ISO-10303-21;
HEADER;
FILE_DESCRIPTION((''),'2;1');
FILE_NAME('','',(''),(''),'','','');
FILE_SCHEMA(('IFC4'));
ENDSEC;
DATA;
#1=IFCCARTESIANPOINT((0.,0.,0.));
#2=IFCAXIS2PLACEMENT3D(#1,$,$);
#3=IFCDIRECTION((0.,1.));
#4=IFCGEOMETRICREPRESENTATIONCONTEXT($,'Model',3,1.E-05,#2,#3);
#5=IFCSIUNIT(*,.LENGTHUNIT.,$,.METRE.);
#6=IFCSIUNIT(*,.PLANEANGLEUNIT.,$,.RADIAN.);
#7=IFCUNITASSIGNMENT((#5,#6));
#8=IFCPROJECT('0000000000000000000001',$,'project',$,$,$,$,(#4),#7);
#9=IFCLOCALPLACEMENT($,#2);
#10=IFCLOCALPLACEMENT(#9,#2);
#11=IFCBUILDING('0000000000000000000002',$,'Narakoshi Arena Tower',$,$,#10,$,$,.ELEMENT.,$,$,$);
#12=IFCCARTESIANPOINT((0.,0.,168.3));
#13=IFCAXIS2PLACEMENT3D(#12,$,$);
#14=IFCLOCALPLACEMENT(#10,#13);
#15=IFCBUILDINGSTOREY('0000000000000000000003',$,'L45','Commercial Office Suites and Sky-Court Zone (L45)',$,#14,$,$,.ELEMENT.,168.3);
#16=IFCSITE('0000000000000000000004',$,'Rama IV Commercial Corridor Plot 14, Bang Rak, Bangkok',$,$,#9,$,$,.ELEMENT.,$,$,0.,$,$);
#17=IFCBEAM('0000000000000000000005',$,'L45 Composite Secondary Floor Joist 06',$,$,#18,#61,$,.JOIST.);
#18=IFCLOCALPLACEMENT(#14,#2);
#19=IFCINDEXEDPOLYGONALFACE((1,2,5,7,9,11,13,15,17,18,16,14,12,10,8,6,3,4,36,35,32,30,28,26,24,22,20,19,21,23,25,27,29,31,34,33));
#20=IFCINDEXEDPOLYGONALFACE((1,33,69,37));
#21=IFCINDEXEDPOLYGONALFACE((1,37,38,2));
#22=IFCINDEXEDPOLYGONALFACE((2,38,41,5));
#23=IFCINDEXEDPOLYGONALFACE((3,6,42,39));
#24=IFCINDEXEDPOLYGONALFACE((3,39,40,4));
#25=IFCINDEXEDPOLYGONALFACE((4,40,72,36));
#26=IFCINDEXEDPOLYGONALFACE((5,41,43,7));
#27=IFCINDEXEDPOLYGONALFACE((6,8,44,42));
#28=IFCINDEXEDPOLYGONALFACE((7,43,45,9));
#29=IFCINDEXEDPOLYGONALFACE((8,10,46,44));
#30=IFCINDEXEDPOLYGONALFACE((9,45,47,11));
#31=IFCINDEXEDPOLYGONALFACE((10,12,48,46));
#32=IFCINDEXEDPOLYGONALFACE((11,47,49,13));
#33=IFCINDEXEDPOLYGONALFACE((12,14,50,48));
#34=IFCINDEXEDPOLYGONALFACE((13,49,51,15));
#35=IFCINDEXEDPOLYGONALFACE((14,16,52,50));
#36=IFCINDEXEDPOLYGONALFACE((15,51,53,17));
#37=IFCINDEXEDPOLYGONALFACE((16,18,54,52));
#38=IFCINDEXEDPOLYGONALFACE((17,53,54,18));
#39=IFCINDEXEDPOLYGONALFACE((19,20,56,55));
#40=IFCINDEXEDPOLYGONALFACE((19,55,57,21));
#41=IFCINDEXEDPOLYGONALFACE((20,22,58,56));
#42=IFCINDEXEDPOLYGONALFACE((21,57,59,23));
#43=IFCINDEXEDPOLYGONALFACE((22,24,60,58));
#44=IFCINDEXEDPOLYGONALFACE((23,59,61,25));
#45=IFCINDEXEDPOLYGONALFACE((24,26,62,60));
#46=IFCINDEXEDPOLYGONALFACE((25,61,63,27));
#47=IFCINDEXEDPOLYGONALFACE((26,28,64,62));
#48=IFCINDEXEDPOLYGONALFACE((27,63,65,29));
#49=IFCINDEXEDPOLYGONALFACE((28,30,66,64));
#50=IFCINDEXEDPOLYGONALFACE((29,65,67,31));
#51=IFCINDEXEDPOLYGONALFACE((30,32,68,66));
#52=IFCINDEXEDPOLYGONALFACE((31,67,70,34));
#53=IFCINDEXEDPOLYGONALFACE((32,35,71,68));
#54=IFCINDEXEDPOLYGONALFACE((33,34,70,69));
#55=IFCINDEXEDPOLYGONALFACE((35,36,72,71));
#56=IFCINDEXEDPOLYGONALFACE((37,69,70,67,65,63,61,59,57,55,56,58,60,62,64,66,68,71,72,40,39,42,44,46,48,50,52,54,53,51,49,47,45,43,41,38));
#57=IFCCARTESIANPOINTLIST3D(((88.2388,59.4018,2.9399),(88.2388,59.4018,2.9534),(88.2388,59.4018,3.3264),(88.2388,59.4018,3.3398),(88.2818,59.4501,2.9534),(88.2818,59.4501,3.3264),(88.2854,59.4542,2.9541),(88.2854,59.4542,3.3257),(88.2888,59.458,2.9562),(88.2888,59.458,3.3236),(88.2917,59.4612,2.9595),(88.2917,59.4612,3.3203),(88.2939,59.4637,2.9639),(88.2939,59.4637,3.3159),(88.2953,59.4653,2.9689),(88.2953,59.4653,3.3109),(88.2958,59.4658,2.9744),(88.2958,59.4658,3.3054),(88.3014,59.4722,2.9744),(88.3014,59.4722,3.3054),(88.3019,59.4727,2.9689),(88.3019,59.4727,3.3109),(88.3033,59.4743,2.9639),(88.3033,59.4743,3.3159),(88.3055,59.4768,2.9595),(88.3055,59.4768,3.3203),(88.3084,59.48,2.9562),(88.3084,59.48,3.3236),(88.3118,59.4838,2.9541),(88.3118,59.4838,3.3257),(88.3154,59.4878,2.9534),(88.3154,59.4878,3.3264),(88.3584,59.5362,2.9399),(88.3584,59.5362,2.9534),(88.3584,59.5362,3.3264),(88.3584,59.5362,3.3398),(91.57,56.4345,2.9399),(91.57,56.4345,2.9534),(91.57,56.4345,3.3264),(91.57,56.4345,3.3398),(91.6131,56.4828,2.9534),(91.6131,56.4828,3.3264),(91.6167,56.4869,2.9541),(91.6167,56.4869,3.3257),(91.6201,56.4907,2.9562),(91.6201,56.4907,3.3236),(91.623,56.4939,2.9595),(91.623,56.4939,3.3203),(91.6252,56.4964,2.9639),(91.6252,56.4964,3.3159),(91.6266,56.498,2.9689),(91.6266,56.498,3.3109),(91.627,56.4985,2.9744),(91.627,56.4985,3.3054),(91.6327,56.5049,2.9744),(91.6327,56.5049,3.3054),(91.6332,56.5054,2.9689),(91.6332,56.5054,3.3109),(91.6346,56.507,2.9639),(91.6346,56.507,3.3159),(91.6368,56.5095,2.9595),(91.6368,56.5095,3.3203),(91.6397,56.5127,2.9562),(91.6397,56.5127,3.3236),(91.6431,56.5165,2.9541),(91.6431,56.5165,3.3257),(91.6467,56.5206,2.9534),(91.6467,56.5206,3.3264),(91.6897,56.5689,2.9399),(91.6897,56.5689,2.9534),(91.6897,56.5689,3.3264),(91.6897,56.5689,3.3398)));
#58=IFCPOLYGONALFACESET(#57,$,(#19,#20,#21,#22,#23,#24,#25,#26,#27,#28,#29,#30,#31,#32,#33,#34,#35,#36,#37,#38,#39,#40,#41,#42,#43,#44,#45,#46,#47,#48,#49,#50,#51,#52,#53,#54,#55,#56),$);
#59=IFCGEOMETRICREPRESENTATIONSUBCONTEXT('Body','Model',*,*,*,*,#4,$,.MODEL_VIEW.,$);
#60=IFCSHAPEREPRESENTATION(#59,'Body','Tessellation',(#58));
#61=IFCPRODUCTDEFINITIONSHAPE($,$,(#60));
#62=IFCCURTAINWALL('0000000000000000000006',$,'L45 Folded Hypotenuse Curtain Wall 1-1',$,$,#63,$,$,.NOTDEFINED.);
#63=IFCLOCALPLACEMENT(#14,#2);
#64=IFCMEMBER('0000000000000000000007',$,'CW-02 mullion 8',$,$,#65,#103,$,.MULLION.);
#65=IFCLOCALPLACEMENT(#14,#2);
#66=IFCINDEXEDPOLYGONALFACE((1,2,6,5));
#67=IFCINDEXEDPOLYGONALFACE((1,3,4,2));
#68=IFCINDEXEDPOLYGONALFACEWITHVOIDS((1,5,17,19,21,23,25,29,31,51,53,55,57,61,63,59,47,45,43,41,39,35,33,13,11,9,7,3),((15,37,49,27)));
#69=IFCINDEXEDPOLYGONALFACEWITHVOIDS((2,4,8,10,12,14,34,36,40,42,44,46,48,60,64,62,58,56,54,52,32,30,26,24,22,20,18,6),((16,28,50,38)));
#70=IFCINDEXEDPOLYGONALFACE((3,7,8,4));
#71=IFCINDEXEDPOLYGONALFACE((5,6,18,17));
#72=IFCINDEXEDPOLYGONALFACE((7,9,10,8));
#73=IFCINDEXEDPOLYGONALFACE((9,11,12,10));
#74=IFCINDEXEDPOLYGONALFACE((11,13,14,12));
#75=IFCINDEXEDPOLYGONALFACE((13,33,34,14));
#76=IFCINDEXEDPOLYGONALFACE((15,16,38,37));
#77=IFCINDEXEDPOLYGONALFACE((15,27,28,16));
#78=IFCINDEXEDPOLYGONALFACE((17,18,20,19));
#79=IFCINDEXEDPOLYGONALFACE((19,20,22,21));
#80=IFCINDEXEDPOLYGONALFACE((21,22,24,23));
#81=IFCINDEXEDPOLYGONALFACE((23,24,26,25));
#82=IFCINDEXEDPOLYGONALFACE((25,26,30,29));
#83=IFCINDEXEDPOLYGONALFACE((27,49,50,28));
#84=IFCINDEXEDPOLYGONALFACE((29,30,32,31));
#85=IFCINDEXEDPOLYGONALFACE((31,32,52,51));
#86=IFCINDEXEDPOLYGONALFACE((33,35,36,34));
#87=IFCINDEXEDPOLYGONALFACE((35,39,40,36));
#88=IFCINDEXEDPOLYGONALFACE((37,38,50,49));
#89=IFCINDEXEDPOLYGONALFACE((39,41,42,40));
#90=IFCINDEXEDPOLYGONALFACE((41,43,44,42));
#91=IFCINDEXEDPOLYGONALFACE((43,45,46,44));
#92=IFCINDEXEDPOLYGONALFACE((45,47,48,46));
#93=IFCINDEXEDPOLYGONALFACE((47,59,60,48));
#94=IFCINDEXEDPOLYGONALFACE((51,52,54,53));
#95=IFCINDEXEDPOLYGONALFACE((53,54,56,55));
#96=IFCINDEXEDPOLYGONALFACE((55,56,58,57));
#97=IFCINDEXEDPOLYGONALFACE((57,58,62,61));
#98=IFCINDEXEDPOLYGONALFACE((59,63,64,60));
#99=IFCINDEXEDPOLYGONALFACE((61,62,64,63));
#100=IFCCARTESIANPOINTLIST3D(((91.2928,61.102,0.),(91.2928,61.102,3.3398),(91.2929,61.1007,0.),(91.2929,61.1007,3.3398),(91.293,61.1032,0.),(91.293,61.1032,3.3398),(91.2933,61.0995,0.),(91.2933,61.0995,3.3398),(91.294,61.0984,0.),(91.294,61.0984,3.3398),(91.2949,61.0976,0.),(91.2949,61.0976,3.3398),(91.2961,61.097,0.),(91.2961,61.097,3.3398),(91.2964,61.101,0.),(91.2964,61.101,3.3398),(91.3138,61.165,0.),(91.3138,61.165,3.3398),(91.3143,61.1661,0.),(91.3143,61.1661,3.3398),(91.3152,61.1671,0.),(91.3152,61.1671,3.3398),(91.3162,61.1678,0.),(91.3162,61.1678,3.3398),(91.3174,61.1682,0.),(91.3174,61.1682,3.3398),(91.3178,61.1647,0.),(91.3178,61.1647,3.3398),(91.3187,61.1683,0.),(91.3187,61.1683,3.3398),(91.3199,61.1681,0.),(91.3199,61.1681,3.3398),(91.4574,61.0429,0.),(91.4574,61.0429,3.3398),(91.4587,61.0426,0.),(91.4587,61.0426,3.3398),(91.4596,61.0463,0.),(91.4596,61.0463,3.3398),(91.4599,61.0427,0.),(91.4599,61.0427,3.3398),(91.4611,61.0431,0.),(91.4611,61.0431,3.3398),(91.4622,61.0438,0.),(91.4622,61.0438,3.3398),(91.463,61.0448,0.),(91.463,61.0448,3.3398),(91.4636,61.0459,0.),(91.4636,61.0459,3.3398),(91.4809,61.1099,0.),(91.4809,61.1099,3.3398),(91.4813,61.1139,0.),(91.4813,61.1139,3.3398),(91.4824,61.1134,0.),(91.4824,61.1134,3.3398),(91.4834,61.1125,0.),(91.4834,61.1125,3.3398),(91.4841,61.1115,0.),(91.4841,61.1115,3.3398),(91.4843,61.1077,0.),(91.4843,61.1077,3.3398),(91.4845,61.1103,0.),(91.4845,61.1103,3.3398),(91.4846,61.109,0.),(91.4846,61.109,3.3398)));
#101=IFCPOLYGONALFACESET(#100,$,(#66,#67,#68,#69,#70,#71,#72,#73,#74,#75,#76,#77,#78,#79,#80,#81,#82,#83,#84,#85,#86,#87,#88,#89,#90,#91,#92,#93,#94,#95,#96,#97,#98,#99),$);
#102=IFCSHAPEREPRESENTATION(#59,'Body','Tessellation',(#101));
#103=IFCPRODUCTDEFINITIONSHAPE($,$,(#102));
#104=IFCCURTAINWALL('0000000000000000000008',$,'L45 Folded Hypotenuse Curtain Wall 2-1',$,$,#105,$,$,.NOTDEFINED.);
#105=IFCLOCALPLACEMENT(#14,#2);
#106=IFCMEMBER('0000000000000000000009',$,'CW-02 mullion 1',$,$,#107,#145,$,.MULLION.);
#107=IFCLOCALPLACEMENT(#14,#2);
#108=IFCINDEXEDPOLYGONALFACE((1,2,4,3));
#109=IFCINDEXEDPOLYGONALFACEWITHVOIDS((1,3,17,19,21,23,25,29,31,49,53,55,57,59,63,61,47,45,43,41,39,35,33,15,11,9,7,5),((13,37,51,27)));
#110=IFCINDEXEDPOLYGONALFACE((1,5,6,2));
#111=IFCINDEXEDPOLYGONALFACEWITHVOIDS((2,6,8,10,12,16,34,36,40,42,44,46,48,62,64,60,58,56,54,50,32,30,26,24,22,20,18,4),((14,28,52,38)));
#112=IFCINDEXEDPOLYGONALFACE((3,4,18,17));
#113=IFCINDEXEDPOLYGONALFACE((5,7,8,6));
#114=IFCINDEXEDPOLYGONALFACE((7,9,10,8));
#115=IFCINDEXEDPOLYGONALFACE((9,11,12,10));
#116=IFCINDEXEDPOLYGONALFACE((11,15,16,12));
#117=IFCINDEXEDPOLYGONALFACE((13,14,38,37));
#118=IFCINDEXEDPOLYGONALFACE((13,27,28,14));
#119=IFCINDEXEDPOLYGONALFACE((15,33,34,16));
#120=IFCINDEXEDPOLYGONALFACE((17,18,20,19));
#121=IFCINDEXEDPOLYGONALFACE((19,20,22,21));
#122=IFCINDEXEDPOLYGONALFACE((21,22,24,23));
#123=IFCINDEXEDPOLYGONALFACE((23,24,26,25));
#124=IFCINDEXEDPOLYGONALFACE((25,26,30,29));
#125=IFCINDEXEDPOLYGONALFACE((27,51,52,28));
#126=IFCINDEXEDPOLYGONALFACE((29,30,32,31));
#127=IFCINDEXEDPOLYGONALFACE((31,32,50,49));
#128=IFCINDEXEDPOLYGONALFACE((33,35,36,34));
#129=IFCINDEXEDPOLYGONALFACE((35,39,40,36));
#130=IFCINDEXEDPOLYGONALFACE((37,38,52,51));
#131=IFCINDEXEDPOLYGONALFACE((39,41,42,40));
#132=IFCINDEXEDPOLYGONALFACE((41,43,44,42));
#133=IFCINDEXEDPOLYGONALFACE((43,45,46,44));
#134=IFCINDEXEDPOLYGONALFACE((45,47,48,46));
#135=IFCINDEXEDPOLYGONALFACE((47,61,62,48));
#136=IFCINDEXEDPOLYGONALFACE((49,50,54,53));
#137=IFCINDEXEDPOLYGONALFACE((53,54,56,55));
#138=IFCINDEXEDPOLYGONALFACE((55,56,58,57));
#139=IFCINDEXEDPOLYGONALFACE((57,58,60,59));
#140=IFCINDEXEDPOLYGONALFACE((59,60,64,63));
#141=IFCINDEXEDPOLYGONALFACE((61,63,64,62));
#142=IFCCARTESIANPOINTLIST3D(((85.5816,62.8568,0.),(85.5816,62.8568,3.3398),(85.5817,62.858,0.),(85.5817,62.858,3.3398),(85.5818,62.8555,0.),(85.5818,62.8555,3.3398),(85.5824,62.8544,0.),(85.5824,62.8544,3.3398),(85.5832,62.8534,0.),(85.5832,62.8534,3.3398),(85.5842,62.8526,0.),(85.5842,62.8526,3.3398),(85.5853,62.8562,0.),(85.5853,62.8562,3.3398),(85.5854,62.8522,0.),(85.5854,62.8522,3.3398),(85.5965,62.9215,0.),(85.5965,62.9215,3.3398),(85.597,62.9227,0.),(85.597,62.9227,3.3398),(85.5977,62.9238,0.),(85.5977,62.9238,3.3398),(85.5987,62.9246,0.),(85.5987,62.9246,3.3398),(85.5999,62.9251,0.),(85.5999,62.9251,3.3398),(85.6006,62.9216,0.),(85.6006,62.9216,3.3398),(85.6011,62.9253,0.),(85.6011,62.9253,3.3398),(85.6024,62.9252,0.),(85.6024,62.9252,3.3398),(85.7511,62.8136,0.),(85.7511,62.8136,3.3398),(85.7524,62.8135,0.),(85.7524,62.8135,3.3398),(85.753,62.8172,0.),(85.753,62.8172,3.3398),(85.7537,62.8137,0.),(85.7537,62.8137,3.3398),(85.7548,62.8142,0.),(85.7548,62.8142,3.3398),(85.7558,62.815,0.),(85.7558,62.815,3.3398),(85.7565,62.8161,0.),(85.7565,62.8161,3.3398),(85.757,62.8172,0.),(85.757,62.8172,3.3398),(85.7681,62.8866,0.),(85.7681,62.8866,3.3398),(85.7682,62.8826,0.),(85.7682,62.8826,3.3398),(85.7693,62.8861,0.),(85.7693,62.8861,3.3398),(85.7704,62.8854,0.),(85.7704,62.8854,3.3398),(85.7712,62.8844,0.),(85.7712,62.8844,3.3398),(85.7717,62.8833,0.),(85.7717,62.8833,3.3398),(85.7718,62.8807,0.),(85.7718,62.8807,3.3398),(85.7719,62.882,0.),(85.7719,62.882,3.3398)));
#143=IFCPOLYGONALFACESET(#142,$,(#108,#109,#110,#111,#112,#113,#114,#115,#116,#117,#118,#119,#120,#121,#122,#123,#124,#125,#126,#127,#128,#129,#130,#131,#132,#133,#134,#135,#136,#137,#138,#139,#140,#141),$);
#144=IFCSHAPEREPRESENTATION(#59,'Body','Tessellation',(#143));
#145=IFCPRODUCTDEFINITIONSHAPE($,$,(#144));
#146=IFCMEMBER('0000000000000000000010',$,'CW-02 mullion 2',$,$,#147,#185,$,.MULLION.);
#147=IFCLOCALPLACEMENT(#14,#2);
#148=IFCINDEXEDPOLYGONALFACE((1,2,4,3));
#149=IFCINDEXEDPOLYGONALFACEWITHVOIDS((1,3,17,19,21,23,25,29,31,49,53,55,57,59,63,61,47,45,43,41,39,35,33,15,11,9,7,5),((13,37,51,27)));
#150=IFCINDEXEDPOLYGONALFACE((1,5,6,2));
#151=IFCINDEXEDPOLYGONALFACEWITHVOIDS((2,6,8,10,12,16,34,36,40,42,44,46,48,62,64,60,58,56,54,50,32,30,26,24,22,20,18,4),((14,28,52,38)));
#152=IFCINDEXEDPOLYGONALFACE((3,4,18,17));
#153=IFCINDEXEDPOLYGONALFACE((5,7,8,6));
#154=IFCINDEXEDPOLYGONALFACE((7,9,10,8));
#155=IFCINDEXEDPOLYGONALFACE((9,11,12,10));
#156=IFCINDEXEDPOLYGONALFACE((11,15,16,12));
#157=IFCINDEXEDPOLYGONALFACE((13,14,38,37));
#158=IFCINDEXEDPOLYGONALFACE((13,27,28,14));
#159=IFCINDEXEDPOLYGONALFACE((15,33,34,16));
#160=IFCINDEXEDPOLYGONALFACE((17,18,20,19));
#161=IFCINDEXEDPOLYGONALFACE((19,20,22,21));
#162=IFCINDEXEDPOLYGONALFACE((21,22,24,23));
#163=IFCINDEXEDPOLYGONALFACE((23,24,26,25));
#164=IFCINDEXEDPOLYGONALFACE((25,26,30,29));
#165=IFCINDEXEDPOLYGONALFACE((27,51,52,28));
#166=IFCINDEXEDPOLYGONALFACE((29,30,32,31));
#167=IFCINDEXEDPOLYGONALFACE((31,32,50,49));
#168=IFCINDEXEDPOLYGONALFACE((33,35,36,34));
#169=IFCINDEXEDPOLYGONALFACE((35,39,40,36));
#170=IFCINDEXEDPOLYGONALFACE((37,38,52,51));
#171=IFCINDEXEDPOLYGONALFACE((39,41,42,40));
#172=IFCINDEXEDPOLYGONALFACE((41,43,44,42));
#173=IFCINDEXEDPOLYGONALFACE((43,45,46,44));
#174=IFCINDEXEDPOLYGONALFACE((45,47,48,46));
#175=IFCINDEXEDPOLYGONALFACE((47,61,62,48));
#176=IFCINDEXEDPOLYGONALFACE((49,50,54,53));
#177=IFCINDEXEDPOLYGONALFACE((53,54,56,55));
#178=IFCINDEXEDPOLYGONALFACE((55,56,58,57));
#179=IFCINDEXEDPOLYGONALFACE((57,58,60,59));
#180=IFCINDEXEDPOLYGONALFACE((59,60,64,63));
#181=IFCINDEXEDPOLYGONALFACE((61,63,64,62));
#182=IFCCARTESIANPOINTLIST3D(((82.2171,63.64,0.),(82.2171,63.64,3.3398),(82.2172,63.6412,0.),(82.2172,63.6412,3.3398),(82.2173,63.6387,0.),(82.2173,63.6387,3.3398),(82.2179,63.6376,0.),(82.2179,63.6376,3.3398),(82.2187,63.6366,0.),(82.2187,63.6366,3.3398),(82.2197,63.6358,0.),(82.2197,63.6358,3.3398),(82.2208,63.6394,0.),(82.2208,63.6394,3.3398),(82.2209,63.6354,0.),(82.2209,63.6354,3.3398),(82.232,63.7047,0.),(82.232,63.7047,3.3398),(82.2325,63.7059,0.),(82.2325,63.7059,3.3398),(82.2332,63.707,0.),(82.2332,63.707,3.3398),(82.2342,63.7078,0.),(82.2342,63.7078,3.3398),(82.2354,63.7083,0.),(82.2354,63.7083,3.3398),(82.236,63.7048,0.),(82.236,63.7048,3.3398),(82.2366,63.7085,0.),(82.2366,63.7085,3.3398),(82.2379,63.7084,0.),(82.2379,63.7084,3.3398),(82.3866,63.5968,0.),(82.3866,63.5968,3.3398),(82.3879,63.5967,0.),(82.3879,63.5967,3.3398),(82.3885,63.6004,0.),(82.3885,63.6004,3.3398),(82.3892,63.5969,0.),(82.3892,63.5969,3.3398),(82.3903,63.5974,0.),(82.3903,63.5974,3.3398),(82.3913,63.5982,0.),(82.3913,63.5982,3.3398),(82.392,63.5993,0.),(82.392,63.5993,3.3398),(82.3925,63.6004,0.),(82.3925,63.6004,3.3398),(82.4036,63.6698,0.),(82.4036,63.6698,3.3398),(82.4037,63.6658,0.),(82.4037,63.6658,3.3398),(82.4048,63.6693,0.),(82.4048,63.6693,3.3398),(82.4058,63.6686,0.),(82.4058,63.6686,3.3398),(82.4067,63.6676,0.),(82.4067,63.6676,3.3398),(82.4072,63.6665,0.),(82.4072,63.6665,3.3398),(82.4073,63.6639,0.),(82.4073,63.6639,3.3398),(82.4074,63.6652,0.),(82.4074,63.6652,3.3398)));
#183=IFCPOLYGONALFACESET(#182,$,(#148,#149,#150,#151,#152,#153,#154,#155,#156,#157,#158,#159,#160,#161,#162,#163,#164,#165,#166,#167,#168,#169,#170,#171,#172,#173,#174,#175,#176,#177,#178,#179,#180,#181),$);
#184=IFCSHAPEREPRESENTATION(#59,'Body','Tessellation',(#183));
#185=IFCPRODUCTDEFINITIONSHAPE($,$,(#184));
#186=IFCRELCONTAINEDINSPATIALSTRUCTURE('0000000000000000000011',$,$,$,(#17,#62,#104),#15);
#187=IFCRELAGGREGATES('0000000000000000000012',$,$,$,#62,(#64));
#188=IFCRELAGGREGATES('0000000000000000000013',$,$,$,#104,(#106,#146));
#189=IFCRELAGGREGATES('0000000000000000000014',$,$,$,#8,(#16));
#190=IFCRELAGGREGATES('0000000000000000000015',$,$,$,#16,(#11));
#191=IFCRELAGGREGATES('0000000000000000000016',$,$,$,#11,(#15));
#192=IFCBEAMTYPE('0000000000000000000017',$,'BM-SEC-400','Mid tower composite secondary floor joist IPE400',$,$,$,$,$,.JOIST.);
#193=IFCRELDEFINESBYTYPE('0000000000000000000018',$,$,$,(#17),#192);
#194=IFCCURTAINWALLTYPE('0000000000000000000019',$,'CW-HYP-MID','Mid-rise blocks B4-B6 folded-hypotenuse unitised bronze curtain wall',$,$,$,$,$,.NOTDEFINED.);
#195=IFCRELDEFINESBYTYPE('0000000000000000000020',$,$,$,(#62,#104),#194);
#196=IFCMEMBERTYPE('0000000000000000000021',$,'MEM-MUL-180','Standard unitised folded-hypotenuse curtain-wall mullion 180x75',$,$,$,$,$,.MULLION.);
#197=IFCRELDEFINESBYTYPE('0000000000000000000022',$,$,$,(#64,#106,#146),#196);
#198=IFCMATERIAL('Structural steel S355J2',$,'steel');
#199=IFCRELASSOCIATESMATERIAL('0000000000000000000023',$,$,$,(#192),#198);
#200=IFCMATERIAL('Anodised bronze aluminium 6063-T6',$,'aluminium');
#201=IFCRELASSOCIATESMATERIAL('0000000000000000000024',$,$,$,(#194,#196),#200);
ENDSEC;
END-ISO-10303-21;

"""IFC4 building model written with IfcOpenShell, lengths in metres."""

from ifc_helpers import new_model, si_unit, direction, frame, origin, origin_2d, place, context, subcontext, project, spatial, hollow_rectangle, i_section, extrude, material, material_profile, profile_set, type_object, element, aggregate, save


model = new_model("IFC4")

# Units and contexts
model_context = context("Model", 3, precision=1e-05, world=origin(), true_north=direction((0.0, 1.0)))
body_context = subcontext(model_context, "Body", "Model", "MODEL_VIEW")
ifc_project = project(units=[si_unit("LENGTHUNIT", "METRE"), si_unit("PLANEANGLEUNIT", "RADIAN")], contexts=[model_context])

# Site, building, storey
site_placement = place(None, origin())
site = spatial("IfcSite", under=ifc_project, at=site_placement, Name="Rama IV Commercial Corridor Plot 14, Bang Rak, Bangkok", CompositionType="ELEMENT", RefElevation=0.0)
building_placement = place(site_placement, origin())
building = spatial("IfcBuilding", under=site, at=building_placement, Name="Narakoshi Arena Tower", CompositionType="ELEMENT")
storey_placement = place(building_placement, frame((0.0, 0.0, 168.3)))
storey = spatial("IfcBuildingStorey", under=building, at=storey_placement, Name="L45", Description="Commercial Office Suites and Sky-Court Zone (L45)", CompositionType="ELEMENT", Elevation=168.3)

# Beam
ifc_material_1 = material(Name="Structural steel S355J2", Category="steel")
ifc_material_profile_1 = material_profile(ifc_material_1, i_section(OverallWidth=0.1799, OverallDepth=0.3999, WebThickness=0.0085, FlangeThickness=0.0134, FilletRadius=0.021, at=origin_2d()), Name="IPE400")
ifc_profile_set_1 = profile_set([ifc_material_profile_1], Name="Structural steel S355J2")
beam_type_1 = type_object("IfcBeamType", Name="BM-SEC-400", Description="Mid tower composite secondary floor joist IPE400", PredefinedType="JOIST", material=ifc_profile_set_1)
beam_1_placement = place(storey_placement, frame((91.6299, 56.5017, 3.1399), z_axis=(-0.746727, 0.665131, 0.0), x_axis=(-0.665131, -0.746727, 0.0)))
element("IfcBeam", 1, at=beam_1_placement, inside=storey, type_object=beam_type_1, Name="L45 Composite Secondary Floor Joist 06", PredefinedType="JOIST", context=body_context, shape_type="SweptSolid", body=[
    extrude(i_section(OverallWidth=0.1799, OverallDepth=0.3999, WebThickness=0.0085, FlangeThickness=0.0134, FilletRadius=0.021, at=origin_2d()), origin(), (0.0, 0.0, 1.0), 4.4612),
])

# Curtain wall, member
ifc_material_2 = material(Name="Anodised bronze aluminium 6063-T6", Category="aluminium")
curtain_wall_type = type_object("IfcCurtainWallType", Name="CW-HYP-MID", Description="Mid-rise blocks B4-B6 folded-hypotenuse unitised bronze curtain wall", PredefinedType="NOTDEFINED", material=ifc_material_2)
curtain_wall_1_placement = place(storey_placement, origin())
curtain_wall_1 = element("IfcCurtainWall", 2, at=curtain_wall_1_placement, inside=storey, type_object=curtain_wall_type, Name="L45 Folded Hypotenuse Curtain Wall 1-1", PredefinedType="NOTDEFINED")
ifc_material_profile_2 = material_profile(ifc_material_2, hollow_rectangle(XDim=0.075, YDim=0.1799, WallThickness=0.0039, OuterFilletRadius=0.0049, at=origin_2d()), Name="MUL180x75x4")
ifc_profile_set_2 = profile_set([ifc_material_profile_2], Name="Anodised bronze aluminium 6063-T6")
member_type_1 = type_object("IfcMemberType", Name="MEM-MUL-180", Description="Standard unitised folded-hypotenuse curtain-wall mullion 180x75", PredefinedType="MULLION", material=ifc_profile_set_2)
member_1_placement = place(storey_placement, frame((91.3887, 61.1055, 0.0), z_axis=(0.0, 0.0, 1.0), x_axis=(-0.318261, -0.948003, 0.0)))
member_1 = element("IfcMember", 3, at=member_1_placement, type_object=member_type_1, Name="CW-02 mullion 8", PredefinedType="MULLION", context=body_context, shape_type="SweptSolid", body=[
    extrude(hollow_rectangle(XDim=0.075, YDim=0.1799, WallThickness=0.0039, OuterFilletRadius=0.0049, at=origin_2d()), origin(), (0.0, 0.0, 1.0), 3.3398),
])
aggregate(curtain_wall_1, [member_1])

# Curtain wall, members
curtain_wall_2_placement = place(storey_placement, origin())
curtain_wall_2 = element("IfcCurtainWall", 4, at=curtain_wall_2_placement, inside=storey, type_object=curtain_wall_type, Name="L45 Folded Hypotenuse Curtain Wall 2-1", PredefinedType="NOTDEFINED")
member_2_placement = place(storey_placement, frame((85.6768, 62.8694, 0.0), z_axis=(0.0, 0.0, 1.0), x_axis=(-0.226721, -0.97396, 0.0)))
member_2 = element("IfcMember", 5, at=member_2_placement, type_object=member_type_1, Name="CW-02 mullion 1", PredefinedType="MULLION", context=body_context, shape_type="SweptSolid", body=[
    extrude(hollow_rectangle(XDim=0.075, YDim=0.1799, WallThickness=0.0039, OuterFilletRadius=0.0049, at=origin_2d()), origin(), (0.0, 0.0, 1.0), 3.3398),
])
member_3_placement = place(storey_placement, frame((82.3123, 63.6526, 0.0), z_axis=(0.0, 0.0, 1.0), x_axis=(-0.226721, -0.97396, 0.0)))
member_3 = element("IfcMember", 6, at=member_3_placement, type_object=member_type_1, Name="CW-02 mullion 2", PredefinedType="MULLION", context=body_context, shape_type="SweptSolid", body=[
    extrude(hollow_rectangle(XDim=0.075, YDim=0.1799, WallThickness=0.0039, OuterFilletRadius=0.0049, at=origin_2d()), origin(), (0.0, 0.0, 1.0), 3.3398),
])
aggregate(curtain_wall_2, [member_2, member_3])

save(model, "model.ifc")
